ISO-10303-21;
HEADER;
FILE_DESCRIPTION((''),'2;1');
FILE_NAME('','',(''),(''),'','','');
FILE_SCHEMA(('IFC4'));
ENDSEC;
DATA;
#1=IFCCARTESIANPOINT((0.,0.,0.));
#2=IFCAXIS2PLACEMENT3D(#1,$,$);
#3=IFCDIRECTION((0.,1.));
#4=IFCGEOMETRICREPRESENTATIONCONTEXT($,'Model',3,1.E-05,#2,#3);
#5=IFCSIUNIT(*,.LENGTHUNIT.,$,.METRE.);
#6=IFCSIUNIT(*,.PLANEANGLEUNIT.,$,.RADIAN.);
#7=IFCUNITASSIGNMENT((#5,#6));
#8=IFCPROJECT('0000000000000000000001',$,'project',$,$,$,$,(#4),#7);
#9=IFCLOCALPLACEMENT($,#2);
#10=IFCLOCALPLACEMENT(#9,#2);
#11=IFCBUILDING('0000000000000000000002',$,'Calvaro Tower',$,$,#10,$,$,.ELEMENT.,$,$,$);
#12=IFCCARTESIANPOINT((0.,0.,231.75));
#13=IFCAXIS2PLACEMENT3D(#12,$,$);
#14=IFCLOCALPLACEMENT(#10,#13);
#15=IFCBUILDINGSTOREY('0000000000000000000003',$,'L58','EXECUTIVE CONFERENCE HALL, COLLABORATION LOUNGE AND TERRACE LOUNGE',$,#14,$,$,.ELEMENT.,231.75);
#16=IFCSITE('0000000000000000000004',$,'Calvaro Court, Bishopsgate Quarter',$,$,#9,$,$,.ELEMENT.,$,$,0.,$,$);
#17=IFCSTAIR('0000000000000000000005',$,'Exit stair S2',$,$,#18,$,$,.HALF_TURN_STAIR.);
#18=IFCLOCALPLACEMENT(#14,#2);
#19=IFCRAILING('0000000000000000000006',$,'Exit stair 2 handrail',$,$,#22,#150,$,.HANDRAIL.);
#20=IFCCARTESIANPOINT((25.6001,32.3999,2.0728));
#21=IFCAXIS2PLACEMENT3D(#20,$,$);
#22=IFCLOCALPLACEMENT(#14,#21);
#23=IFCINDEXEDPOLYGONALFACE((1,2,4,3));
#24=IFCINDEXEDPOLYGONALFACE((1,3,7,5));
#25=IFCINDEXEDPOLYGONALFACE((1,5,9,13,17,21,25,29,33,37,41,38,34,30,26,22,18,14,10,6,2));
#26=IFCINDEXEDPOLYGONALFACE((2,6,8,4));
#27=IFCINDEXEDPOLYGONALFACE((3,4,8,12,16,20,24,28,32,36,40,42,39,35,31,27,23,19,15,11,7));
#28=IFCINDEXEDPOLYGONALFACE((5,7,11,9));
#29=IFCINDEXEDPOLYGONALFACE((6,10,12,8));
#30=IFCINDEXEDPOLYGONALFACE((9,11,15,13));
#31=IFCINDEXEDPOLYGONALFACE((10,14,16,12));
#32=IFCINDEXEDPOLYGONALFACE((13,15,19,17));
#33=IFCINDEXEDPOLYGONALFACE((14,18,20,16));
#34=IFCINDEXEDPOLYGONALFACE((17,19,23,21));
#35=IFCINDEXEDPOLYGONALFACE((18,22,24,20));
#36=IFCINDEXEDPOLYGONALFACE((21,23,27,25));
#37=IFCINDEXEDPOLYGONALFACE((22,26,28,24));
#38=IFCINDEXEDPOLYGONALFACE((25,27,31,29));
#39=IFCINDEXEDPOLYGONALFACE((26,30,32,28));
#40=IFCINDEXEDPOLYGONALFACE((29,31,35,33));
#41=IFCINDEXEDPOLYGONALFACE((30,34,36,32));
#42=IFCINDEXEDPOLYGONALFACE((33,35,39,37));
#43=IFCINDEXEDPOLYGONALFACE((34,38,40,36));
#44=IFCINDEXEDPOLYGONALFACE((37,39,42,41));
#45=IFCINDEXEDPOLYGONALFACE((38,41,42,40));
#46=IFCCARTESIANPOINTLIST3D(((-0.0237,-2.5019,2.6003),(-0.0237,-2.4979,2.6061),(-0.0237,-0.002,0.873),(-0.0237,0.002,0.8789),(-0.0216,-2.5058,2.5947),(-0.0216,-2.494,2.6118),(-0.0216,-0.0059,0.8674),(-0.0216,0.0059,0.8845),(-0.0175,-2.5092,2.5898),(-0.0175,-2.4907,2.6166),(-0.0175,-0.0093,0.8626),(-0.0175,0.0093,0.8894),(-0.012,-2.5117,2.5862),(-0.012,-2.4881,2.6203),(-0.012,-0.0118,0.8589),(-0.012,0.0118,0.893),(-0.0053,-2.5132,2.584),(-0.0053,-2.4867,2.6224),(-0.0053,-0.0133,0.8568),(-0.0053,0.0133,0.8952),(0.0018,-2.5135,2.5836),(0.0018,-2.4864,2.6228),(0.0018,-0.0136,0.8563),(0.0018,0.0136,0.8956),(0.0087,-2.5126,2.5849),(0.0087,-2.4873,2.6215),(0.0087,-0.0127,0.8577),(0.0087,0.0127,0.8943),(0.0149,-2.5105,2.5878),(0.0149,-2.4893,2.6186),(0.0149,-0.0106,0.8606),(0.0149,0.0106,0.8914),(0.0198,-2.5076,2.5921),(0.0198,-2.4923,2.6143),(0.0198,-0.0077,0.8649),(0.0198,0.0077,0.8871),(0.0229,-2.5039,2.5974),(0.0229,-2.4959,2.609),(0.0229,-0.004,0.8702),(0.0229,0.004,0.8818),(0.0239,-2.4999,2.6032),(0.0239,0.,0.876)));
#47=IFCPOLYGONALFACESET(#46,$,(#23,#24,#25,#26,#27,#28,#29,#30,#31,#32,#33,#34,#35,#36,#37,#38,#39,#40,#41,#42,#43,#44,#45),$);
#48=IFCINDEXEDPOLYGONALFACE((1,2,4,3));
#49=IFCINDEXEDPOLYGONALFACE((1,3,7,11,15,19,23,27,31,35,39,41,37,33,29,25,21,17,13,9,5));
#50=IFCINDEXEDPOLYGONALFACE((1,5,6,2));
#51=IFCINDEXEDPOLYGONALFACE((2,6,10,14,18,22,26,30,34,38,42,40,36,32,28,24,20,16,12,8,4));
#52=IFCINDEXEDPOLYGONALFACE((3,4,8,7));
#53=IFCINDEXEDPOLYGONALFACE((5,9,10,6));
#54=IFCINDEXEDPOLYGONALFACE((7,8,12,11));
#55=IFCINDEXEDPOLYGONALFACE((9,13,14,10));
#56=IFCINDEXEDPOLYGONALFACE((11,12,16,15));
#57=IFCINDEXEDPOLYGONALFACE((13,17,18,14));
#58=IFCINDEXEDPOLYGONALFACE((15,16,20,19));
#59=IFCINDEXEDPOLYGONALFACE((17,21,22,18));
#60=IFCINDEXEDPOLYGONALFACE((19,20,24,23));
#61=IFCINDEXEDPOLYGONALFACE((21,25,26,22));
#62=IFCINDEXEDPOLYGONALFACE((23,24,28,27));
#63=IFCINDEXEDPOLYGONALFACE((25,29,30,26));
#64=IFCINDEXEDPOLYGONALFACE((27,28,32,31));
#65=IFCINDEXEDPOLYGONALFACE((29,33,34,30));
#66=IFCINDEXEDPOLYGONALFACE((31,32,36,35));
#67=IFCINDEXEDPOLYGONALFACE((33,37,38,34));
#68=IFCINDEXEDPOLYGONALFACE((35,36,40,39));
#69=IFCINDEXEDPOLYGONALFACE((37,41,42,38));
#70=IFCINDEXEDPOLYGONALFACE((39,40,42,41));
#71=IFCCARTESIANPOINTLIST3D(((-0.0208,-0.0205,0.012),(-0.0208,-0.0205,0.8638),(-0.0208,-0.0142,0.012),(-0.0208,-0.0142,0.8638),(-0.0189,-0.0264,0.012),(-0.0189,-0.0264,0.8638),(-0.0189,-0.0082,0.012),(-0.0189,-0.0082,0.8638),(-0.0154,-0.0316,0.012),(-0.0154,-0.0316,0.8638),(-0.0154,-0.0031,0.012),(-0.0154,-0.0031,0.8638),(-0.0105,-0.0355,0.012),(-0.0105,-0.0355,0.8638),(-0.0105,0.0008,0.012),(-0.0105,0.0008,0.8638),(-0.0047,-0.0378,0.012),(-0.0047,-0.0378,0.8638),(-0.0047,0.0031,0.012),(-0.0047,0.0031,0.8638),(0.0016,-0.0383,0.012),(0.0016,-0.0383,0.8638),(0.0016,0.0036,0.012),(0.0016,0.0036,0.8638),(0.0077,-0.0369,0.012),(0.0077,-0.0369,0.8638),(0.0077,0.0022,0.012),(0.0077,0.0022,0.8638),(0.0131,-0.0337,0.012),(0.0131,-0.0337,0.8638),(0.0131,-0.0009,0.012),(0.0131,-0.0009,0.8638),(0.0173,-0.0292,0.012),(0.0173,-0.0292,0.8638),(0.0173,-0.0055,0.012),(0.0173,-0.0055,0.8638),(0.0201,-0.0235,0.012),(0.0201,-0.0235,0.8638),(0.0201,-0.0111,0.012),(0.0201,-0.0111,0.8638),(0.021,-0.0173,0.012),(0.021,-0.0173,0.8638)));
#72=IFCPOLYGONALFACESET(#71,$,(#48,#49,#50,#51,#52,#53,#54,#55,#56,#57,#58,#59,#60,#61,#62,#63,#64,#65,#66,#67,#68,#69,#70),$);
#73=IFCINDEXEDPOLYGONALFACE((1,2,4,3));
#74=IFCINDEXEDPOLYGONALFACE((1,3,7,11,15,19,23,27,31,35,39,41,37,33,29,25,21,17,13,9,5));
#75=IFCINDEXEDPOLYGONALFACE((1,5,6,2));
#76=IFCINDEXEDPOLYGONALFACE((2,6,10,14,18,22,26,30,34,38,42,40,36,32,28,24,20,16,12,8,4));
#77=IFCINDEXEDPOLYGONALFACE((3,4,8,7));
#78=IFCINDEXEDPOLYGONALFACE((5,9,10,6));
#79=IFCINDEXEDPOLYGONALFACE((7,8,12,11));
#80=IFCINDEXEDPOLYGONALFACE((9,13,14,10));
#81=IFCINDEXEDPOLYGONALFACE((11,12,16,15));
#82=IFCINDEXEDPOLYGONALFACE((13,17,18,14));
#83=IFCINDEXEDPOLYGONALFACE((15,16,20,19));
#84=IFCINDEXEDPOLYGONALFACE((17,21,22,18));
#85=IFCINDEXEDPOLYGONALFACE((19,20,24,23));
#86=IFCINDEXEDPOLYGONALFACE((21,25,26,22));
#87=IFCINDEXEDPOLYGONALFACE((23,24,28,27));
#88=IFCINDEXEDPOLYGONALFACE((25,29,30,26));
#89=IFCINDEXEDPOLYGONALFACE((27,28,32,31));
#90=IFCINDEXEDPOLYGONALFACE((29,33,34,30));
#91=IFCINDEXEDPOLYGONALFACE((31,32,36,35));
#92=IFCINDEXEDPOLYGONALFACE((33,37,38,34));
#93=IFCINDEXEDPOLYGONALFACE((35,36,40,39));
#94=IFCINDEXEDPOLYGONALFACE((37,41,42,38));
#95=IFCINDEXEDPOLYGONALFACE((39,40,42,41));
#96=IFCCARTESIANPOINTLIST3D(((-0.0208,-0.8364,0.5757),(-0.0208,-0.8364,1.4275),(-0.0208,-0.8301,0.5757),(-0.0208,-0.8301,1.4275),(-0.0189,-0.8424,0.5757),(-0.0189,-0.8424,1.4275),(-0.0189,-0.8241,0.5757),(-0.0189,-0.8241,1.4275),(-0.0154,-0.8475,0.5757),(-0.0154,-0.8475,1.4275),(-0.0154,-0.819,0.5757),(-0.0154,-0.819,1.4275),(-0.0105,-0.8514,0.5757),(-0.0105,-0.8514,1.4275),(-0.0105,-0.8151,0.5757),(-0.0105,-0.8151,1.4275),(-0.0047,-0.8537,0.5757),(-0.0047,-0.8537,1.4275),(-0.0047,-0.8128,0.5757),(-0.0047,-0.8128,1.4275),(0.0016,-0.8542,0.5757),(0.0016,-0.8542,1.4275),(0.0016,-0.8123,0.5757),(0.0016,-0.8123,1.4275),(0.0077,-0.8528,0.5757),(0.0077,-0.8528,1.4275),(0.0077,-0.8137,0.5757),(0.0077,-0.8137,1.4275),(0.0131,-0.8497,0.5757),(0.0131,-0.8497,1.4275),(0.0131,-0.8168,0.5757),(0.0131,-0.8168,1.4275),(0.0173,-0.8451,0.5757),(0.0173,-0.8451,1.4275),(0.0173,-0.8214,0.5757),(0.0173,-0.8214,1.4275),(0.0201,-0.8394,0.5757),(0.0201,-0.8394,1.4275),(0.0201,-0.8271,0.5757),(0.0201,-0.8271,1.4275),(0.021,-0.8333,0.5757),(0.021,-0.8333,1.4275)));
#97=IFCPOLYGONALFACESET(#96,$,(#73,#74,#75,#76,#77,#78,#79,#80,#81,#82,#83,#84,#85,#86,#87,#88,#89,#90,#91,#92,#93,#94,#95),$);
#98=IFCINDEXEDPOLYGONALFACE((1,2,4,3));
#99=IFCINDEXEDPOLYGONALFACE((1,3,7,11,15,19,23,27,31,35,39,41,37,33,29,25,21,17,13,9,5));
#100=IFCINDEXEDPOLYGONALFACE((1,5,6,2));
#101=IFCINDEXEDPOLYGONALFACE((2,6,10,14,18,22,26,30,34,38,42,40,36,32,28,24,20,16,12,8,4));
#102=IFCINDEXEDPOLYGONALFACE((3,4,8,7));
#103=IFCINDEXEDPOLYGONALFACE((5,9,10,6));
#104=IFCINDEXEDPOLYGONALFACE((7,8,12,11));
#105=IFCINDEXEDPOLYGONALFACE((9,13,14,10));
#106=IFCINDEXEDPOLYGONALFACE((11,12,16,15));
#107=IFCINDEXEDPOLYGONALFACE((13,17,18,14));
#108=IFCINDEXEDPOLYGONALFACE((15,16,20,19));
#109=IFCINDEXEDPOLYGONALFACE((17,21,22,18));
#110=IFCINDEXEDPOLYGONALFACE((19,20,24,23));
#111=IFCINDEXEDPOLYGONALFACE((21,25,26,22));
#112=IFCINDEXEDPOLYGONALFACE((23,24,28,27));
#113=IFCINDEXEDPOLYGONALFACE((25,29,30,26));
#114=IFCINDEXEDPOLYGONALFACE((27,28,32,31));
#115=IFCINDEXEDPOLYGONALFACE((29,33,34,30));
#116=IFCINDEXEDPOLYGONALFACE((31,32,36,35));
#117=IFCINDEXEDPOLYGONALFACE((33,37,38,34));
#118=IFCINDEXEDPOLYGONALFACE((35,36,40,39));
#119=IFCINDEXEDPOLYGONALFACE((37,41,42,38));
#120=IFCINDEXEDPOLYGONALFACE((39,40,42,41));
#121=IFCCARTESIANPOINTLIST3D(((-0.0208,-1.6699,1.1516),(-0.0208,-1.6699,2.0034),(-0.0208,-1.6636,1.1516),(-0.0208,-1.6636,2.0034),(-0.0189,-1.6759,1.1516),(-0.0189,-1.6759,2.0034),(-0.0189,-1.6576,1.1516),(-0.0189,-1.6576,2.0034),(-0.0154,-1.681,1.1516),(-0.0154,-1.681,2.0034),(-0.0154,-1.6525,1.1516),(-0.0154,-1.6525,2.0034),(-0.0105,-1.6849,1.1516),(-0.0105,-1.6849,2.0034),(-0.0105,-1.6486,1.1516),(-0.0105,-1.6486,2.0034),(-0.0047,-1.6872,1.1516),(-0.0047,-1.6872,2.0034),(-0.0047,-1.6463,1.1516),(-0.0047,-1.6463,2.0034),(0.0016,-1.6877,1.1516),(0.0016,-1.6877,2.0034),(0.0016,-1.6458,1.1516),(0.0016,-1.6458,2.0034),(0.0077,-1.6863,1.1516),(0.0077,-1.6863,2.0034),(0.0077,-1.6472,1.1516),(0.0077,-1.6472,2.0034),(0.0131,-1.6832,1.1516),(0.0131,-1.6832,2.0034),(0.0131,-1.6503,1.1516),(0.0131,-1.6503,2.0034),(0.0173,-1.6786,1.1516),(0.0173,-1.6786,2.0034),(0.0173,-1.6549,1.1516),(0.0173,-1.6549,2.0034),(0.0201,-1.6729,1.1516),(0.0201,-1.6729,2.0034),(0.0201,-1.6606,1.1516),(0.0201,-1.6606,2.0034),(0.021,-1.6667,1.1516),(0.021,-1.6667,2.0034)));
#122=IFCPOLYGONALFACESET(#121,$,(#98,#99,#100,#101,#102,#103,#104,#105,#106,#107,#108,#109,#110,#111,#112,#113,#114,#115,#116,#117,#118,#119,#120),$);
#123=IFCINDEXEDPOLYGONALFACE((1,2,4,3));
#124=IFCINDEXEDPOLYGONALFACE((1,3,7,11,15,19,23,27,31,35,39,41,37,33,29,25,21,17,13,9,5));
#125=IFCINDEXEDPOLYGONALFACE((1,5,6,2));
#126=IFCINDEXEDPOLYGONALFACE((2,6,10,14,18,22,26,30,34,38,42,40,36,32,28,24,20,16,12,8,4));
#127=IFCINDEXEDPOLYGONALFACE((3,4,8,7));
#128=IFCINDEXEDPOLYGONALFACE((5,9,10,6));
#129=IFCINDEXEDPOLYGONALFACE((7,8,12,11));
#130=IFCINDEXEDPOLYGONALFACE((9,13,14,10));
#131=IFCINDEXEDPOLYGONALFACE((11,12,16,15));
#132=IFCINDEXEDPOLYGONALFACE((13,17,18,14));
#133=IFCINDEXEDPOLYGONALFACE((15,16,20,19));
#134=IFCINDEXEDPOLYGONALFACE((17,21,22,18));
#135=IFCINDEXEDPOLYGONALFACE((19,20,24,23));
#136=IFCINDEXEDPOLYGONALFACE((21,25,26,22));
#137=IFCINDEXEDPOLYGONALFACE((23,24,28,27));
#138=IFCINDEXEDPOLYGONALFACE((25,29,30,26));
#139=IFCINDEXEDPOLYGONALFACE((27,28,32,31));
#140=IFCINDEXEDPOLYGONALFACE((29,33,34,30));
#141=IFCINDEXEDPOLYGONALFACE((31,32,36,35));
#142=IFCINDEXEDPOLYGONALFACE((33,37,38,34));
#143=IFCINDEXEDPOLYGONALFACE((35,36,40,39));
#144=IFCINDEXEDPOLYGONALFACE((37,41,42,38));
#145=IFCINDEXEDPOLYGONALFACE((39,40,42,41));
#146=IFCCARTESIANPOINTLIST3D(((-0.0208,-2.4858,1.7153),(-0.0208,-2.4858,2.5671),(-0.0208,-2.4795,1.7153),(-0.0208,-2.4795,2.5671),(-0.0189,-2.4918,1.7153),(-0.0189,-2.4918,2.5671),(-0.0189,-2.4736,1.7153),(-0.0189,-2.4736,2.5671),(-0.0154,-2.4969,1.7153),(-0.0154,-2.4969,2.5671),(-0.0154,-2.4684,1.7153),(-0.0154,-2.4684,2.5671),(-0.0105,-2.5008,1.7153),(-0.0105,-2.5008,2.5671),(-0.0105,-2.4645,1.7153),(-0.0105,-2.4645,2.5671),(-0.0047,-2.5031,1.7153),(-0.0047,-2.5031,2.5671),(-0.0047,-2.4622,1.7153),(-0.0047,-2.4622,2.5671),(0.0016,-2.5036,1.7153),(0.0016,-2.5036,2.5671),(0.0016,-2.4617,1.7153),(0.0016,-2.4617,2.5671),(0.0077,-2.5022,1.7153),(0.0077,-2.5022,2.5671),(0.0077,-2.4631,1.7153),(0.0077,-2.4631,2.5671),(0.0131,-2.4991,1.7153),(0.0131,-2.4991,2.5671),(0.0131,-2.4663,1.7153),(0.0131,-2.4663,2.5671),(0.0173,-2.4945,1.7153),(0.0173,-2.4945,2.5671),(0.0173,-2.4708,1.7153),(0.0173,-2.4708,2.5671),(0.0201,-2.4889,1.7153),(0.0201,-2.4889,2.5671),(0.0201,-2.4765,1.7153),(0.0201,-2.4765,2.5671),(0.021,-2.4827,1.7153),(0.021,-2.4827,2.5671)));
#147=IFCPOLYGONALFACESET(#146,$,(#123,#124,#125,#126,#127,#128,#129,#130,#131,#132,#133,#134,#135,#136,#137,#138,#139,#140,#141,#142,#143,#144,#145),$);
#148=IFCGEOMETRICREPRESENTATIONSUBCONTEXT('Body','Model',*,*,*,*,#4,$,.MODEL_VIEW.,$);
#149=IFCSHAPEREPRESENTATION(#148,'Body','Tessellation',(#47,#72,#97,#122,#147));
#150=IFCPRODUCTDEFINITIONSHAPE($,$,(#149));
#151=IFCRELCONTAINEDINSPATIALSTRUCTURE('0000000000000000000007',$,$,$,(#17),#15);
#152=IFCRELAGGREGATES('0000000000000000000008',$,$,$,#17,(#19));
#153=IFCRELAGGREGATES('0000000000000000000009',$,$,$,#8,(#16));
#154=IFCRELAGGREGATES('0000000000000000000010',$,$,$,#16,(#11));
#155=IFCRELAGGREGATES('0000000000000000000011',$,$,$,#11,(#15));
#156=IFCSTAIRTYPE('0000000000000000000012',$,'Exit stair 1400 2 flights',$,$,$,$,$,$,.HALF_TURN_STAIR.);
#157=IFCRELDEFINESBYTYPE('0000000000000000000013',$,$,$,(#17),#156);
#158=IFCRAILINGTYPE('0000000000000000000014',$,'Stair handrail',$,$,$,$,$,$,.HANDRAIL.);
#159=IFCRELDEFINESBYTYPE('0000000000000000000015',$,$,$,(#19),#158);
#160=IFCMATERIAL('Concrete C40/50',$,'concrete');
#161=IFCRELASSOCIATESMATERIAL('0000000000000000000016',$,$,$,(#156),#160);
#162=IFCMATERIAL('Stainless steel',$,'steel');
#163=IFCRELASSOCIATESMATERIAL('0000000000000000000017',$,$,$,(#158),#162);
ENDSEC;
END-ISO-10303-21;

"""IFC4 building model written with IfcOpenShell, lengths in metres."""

from ifc_helpers import new_model, si_unit, direction, frame, origin, origin_2d, place, context, subcontext, project, spatial, circle, extrude, material, type_object, element, aggregate, save


model = new_model("IFC4")

# Units and contexts
model_context = context("Model", 3, precision=1e-05, world=origin(), true_north=direction((0.0, 1.0)))
body_context = subcontext(model_context, "Body", "Model", "MODEL_VIEW")
ifc_project = project(units=[si_unit("LENGTHUNIT", "METRE"), si_unit("PLANEANGLEUNIT", "RADIAN")], contexts=[model_context])

# Site, building, storey
site_placement = place(None, origin())
site = spatial("IfcSite", under=ifc_project, at=site_placement, Name="Calvaro Court, Bishopsgate Quarter", CompositionType="ELEMENT", RefElevation=0.0)
building_placement = place(site_placement, origin())
building = spatial("IfcBuilding", under=site, at=building_placement, Name="Calvaro Tower", CompositionType="ELEMENT")
storey_placement = place(building_placement, frame((0.0, 0.0, 231.75)))
storey = spatial("IfcBuildingStorey", under=building, at=storey_placement, Name="L58", Description="EXECUTIVE CONFERENCE HALL, COLLABORATION LOUNGE AND TERRACE LOUNGE", CompositionType="ELEMENT", Elevation=231.75)

# Stair, railing
ifc_material_1 = material(Name="Concrete C40/50", Category="concrete")
stair_type = type_object("IfcStairType", Name="Exit stair 1400 2 flights", PredefinedType="HALF_TURN_STAIR", material=ifc_material_1)
stair_placement = place(storey_placement, origin())
stair = element("IfcStair", 1, at=stair_placement, inside=storey, type_object=stair_type, Name="Exit stair S2", PredefinedType="HALF_TURN_STAIR")
ifc_material_2 = material(Name="Stainless steel", Category="steel")
railing_type = type_object("IfcRailingType", Name="Stair handrail", PredefinedType="HANDRAIL", material=ifc_material_2)
railing_1_placement = place(storey_placement, frame((25.6001, 32.3999, 2.0728)))
railing_1 = element("IfcRailing", 2, at=railing_1_placement, type_object=railing_type, Name="Exit stair 2 handrail", PredefinedType="HANDRAIL", context=body_context, shape_type="SweptSolid", body=[
    extrude(circle(Radius=0.0239, at=origin_2d()), frame((0.0, 0.0, 0.876), z_axis=(0.0, -0.822727, 0.568437), x_axis=(1.0, 0.0, 0.0)), (0.0, 0.0, 1.0), 3.0386),
    extrude(circle(Radius=0.021, at=origin_2d()), frame((0.0, -0.0173, 0.012)), (0.0, 0.0, 1.0), 0.8518),
    extrude(circle(Radius=0.021, at=origin_2d()), frame((0.0, -0.8333, 0.5757)), (0.0, 0.0, 1.0), 0.8518),
    extrude(circle(Radius=0.021, at=origin_2d()), frame((0.0, -1.6667, 1.1516)), (0.0, 0.0, 1.0), 0.8518),
    extrude(circle(Radius=0.021, at=origin_2d()), frame((0.0, -2.4827, 1.7153)), (0.0, 0.0, 1.0), 0.8518),
])
aggregate(stair, [railing_1])

save(model, "model.ifc")
